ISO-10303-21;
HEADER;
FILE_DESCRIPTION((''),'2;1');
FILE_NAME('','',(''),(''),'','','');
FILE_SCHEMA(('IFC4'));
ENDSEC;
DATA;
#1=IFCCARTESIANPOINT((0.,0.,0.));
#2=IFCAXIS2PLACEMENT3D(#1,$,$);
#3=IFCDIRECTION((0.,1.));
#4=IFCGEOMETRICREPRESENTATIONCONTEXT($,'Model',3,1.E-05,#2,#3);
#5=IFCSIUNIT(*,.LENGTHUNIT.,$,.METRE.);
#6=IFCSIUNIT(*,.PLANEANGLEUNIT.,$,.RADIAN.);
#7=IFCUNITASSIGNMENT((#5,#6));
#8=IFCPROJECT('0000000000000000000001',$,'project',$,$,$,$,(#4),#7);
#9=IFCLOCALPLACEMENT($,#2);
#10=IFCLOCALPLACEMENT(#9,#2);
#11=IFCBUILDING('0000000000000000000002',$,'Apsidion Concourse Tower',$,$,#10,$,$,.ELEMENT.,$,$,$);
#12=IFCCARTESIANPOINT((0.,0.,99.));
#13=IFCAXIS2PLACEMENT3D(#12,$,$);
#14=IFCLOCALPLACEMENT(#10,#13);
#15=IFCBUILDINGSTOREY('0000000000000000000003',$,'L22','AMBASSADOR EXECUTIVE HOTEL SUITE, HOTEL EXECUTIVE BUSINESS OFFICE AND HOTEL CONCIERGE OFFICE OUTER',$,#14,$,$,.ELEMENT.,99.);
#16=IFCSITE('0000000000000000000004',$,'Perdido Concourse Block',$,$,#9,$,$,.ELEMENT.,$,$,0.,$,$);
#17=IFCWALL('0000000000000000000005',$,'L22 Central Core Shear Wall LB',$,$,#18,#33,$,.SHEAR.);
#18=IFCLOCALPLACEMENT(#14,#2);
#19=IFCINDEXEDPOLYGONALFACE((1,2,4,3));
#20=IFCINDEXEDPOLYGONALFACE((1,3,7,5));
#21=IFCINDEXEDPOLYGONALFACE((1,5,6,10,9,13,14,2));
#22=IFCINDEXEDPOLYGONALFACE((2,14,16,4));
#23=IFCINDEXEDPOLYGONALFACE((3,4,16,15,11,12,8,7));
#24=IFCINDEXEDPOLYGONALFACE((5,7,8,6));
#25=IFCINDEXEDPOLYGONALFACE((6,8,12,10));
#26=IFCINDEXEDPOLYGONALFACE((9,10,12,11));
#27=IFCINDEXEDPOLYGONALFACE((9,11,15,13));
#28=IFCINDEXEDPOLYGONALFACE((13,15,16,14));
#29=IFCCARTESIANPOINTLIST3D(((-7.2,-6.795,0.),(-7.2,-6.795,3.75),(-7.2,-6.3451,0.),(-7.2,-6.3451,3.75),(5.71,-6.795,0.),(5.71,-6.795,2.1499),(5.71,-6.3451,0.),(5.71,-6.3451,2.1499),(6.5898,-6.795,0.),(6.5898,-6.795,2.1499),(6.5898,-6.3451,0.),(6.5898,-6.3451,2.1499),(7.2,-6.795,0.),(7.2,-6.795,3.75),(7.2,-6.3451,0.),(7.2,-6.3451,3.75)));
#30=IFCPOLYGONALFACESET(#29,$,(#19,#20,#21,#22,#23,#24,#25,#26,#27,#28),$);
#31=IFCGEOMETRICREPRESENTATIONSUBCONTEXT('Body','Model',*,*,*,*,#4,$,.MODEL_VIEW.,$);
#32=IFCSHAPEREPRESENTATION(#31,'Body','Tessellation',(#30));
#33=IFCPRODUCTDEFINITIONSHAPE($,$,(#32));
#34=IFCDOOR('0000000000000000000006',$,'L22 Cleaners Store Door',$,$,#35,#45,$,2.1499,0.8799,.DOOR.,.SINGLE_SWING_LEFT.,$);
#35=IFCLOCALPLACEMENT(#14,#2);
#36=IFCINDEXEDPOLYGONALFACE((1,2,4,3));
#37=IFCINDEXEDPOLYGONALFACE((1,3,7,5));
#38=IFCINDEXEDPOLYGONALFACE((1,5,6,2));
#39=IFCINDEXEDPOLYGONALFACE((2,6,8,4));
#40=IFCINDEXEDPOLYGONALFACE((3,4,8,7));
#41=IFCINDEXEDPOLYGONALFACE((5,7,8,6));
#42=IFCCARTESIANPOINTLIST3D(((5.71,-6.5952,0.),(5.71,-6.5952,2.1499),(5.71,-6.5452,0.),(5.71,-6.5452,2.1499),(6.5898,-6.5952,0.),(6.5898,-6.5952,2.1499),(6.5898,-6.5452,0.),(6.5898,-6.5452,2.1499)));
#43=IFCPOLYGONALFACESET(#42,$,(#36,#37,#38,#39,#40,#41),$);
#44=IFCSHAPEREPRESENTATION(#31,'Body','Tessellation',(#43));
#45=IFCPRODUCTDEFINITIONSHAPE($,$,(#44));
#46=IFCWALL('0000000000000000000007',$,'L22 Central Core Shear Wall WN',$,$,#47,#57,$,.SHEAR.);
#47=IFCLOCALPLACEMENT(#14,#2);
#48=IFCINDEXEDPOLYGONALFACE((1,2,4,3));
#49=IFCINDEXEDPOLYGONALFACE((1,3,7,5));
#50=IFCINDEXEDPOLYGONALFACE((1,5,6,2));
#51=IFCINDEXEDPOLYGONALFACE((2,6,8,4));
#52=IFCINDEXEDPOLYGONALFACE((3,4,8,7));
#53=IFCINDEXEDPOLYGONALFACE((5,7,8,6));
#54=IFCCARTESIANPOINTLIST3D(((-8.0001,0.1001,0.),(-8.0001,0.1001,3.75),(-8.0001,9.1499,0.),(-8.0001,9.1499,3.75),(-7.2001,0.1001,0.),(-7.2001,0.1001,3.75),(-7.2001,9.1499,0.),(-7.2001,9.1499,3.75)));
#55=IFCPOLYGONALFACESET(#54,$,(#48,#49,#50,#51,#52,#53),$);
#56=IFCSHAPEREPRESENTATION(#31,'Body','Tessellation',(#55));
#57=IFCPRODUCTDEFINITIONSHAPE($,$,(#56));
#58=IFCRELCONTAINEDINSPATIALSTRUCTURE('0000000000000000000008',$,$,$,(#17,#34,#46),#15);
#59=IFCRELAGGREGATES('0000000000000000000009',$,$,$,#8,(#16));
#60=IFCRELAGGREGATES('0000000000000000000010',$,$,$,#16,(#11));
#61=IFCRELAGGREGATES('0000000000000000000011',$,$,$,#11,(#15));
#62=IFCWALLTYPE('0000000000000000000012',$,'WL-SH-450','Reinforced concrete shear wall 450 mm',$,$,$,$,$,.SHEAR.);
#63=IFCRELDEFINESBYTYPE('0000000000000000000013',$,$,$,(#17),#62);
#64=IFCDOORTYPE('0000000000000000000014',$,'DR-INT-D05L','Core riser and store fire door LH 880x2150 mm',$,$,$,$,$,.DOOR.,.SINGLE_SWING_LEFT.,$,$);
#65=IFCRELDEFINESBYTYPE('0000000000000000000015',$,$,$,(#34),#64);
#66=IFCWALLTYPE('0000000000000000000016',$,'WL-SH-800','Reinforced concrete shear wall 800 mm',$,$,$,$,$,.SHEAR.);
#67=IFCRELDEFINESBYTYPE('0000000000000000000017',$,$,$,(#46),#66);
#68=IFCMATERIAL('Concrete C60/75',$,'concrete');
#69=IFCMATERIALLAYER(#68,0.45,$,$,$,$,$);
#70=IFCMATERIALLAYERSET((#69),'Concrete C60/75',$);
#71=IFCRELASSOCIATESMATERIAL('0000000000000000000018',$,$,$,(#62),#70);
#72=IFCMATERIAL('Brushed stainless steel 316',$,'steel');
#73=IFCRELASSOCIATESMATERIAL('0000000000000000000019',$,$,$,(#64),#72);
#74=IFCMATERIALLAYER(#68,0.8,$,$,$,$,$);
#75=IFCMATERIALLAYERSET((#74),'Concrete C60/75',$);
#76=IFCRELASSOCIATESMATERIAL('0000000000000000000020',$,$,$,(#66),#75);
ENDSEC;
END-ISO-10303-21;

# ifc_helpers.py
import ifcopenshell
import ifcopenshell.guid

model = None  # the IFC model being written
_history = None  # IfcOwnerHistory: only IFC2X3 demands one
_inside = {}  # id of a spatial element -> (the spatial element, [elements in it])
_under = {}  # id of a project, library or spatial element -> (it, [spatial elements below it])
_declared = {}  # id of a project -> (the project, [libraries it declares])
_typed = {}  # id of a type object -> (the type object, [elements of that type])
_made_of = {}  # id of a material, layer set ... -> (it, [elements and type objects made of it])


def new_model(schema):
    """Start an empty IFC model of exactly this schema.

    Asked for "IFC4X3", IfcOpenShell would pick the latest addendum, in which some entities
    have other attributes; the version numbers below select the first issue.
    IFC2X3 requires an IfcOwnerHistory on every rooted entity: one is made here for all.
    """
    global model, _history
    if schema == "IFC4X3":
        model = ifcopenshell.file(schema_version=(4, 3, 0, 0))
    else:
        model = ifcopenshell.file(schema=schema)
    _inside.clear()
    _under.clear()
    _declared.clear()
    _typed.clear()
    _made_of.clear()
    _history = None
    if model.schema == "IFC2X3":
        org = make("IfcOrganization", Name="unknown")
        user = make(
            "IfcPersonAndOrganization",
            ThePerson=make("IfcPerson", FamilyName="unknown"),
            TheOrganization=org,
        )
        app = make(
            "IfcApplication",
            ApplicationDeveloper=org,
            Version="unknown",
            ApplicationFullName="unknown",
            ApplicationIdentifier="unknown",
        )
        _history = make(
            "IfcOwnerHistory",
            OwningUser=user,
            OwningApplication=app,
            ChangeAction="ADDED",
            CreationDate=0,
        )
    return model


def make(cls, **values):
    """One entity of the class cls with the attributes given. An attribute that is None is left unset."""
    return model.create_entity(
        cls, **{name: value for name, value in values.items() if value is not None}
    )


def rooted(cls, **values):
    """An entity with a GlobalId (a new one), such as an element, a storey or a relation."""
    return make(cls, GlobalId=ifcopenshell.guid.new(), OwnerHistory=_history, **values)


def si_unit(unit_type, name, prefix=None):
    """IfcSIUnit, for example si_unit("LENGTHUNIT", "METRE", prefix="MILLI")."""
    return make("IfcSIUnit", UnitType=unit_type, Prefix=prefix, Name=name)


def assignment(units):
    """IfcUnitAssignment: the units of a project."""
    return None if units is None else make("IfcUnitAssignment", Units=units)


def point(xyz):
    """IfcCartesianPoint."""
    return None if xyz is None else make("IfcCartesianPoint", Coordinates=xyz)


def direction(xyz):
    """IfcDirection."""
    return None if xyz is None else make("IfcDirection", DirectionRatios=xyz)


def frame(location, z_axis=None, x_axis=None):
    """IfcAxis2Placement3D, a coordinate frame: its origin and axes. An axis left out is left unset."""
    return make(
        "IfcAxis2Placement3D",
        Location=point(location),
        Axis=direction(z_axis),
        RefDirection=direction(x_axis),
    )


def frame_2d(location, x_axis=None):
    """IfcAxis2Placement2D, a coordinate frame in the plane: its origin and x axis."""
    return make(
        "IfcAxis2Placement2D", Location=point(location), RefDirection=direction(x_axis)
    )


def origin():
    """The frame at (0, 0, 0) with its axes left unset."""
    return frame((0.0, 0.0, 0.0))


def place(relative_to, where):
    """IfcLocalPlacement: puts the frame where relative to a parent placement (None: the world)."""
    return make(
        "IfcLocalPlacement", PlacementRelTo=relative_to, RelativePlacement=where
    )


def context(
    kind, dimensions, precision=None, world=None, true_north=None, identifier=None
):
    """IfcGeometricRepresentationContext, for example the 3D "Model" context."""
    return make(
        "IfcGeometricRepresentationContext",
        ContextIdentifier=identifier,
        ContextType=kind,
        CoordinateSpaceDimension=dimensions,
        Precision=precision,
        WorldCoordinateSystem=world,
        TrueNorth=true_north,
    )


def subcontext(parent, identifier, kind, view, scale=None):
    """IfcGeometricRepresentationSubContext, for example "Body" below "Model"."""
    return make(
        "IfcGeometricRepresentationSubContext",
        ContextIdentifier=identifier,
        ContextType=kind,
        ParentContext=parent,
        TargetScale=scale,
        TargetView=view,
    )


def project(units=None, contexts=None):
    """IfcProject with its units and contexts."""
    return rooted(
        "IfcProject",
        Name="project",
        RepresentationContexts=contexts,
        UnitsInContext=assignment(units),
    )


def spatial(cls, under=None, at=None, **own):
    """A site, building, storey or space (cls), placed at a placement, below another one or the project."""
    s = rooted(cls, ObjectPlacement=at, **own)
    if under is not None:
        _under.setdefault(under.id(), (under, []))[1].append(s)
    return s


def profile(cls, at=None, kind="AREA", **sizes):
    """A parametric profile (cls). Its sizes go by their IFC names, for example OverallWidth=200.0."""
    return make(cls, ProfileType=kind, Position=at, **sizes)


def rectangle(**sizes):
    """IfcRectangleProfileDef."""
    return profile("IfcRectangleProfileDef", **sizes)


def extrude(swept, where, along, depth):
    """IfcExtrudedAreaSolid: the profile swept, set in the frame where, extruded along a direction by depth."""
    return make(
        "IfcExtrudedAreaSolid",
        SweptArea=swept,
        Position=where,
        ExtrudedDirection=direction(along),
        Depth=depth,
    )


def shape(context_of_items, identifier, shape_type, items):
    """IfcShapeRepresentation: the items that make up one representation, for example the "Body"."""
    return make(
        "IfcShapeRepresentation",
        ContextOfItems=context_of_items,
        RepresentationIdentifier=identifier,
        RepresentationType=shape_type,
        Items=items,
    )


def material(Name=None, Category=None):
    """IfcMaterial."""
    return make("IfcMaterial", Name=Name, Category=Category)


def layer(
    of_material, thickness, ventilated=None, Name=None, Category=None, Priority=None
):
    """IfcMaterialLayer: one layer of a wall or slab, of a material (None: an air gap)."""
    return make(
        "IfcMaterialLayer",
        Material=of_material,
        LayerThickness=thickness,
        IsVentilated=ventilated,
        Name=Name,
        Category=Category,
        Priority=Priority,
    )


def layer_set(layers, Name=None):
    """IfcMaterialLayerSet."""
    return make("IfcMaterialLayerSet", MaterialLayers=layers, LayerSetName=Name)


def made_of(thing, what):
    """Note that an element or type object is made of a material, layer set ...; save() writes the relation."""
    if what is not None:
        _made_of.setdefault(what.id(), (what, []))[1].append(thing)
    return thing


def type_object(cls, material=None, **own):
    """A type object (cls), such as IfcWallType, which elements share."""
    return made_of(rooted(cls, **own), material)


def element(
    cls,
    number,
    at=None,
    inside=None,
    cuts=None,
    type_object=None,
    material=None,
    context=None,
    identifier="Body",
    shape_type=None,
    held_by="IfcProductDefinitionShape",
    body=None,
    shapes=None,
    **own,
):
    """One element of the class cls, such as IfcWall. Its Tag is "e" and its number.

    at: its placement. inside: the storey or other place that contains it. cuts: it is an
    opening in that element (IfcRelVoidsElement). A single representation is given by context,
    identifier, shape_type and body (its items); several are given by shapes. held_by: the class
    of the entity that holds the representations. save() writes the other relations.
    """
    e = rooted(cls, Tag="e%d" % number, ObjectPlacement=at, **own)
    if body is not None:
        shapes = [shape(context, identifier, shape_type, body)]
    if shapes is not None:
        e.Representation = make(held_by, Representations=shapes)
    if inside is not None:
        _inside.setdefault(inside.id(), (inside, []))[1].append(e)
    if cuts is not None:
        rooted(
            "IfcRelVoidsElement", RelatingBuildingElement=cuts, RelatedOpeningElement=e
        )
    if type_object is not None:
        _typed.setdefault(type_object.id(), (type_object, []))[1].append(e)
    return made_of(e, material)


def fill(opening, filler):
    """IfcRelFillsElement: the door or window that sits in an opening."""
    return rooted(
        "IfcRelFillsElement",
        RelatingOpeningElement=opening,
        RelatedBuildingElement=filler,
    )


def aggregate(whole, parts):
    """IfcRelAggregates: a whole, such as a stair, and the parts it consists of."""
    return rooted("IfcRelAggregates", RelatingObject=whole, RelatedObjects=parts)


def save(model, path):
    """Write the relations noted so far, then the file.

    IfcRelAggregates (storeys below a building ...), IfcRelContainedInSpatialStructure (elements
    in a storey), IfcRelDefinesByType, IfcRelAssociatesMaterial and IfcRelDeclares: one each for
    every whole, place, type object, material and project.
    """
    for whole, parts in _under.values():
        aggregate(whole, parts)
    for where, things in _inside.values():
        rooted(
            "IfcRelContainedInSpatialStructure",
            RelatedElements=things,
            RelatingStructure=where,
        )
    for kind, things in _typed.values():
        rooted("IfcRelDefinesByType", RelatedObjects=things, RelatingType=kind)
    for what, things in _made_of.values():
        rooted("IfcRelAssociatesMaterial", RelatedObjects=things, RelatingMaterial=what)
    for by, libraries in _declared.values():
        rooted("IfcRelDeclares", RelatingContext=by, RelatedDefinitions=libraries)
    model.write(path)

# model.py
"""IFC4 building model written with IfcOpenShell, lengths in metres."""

from ifc_helpers import new_model, si_unit, direction, frame, frame_2d, origin, place, context, subcontext, project, spatial, rectangle, extrude, material, layer, layer_set, type_object, element, fill, save


model = new_model("IFC4")

# Units and contexts
model_context = context("Model", 3, precision=1e-05, world=origin(), true_north=direction((0.0, 1.0)))
body_context = subcontext(model_context, "Body", "Model", "MODEL_VIEW")
ifc_project = project(units=[si_unit("LENGTHUNIT", "METRE"), si_unit("PLANEANGLEUNIT", "RADIAN")], contexts=[model_context])

# Site, building, storey
site_placement = place(None, origin())
site = spatial("IfcSite", under=ifc_project, at=site_placement, Name="Perdido Concourse Block", CompositionType="ELEMENT", RefElevation=0.0)
building_placement = place(site_placement, origin())
building = spatial("IfcBuilding", under=site, at=building_placement, Name="Apsidion Concourse Tower", CompositionType="ELEMENT")
storey_placement = place(building_placement, frame((0.0, 0.0, 99.0)))
storey = spatial("IfcBuildingStorey", under=building, at=storey_placement, Name="L22", Description="AMBASSADOR EXECUTIVE HOTEL SUITE, HOTEL EXECUTIVE BUSINESS OFFICE AND HOTEL CONCIERGE OFFICE OUTER", CompositionType="ELEMENT", Elevation=99.0)

# Shared definitions
ifc_material_1 = material(Name="Concrete C60/75", Category="concrete")

# Shared definitions
ifc_material_2 = material(Name="Brushed stainless steel 316", Category="steel")

# Shared definitions
ifc_layer_1 = layer(ifc_material_1, 0.45)
ifc_layer_set_1 = layer_set([ifc_layer_1], Name="Concrete C60/75")
wall_type_1 = type_object("IfcWallType", Name="WL-SH-450", Description="Reinforced concrete shear wall 450 mm", PredefinedType="SHEAR", material=ifc_layer_set_1)

# Wall, opening, door
wall_1_placement = place(storey_placement, frame((-7.2, -6.5701, 0.0), z_axis=(0.0, 0.0, 1.0), x_axis=(1.0, 0.0, 0.0)))
wall_1 = element("IfcWall", 1, at=wall_1_placement, inside=storey, type_object=wall_type_1, Name="L22 Central Core Shear Wall LB", PredefinedType="SHEAR", context=body_context, shape_type="SweptSolid", body=[
    extrude(rectangle(XDim=14.3999, YDim=0.45, at=frame_2d((7.2, 0.0))), origin(), (0.0, 0.0, 1.0), 3.75),
])
opening_1_placement = place(wall_1_placement, frame((12.9099, 0.0, 0.0)))
opening_1 = element("IfcOpeningElement", 2, at=opening_1_placement, cuts=wall_1, PredefinedType="OPENING", context=body_context, shape_type="SweptSolid", body=[
    extrude(rectangle(XDim=0.8799, YDim=2.1499, at=frame_2d((0.4399, 1.075))), frame((0.0, 0.2349, 0.0), z_axis=(0.0, -1.0, 0.0), x_axis=(1.0, 0.0, 0.0)), (0.0, 0.0, 1.0), 0.47),
])
door_type_1 = type_object("IfcDoorType", Name="DR-INT-D05L", Description="Core riser and store fire door LH 880x2150 mm", OperationType="SINGLE_SWING_LEFT", PredefinedType="DOOR", material=ifc_material_2)
door_1_placement = place(opening_1_placement, origin())
door_1 = element("IfcDoor", 3, at=door_1_placement, inside=storey, type_object=door_type_1, Name="L22 Cleaners Store Door", OperationType="SINGLE_SWING_LEFT", OverallHeight=2.1499, OverallWidth=0.8799, PredefinedType="DOOR", context=body_context, shape_type="SweptSolid", body=[
    extrude(rectangle(XDim=0.8799, YDim=2.1499, at=frame_2d((0.4399, 1.075))), frame((0.0, 0.0249, 0.0), z_axis=(0.0, -1.0, 0.0), x_axis=(1.0, 0.0, 0.0)), (0.0, 0.0, 1.0), 0.05),
])
fill(opening_1, door_1)

# Wall
ifc_layer_2 = layer(ifc_material_1, 0.8)
ifc_layer_set_2 = layer_set([ifc_layer_2], Name="Concrete C60/75")
wall_type_2 = type_object("IfcWallType", Name="WL-SH-800", Description="Reinforced concrete shear wall 800 mm", PredefinedType="SHEAR", material=ifc_layer_set_2)
wall_2_placement = place(storey_placement, frame((-7.6001, 0.1001, 0.0), z_axis=(0.0, 0.0, 1.0), x_axis=(0.0, 1.0, 0.0)))
element("IfcWall", 4, at=wall_2_placement, inside=storey, type_object=wall_type_2, Name="L22 Central Core Shear Wall WN", PredefinedType="SHEAR", context=body_context, shape_type="SweptSolid", body=[
    extrude(rectangle(XDim=9.0498, YDim=0.8, at=frame_2d((4.5249, 0.0))), origin(), (0.0, 0.0, 1.0), 3.75),
])

save(model, "model.ifc")
